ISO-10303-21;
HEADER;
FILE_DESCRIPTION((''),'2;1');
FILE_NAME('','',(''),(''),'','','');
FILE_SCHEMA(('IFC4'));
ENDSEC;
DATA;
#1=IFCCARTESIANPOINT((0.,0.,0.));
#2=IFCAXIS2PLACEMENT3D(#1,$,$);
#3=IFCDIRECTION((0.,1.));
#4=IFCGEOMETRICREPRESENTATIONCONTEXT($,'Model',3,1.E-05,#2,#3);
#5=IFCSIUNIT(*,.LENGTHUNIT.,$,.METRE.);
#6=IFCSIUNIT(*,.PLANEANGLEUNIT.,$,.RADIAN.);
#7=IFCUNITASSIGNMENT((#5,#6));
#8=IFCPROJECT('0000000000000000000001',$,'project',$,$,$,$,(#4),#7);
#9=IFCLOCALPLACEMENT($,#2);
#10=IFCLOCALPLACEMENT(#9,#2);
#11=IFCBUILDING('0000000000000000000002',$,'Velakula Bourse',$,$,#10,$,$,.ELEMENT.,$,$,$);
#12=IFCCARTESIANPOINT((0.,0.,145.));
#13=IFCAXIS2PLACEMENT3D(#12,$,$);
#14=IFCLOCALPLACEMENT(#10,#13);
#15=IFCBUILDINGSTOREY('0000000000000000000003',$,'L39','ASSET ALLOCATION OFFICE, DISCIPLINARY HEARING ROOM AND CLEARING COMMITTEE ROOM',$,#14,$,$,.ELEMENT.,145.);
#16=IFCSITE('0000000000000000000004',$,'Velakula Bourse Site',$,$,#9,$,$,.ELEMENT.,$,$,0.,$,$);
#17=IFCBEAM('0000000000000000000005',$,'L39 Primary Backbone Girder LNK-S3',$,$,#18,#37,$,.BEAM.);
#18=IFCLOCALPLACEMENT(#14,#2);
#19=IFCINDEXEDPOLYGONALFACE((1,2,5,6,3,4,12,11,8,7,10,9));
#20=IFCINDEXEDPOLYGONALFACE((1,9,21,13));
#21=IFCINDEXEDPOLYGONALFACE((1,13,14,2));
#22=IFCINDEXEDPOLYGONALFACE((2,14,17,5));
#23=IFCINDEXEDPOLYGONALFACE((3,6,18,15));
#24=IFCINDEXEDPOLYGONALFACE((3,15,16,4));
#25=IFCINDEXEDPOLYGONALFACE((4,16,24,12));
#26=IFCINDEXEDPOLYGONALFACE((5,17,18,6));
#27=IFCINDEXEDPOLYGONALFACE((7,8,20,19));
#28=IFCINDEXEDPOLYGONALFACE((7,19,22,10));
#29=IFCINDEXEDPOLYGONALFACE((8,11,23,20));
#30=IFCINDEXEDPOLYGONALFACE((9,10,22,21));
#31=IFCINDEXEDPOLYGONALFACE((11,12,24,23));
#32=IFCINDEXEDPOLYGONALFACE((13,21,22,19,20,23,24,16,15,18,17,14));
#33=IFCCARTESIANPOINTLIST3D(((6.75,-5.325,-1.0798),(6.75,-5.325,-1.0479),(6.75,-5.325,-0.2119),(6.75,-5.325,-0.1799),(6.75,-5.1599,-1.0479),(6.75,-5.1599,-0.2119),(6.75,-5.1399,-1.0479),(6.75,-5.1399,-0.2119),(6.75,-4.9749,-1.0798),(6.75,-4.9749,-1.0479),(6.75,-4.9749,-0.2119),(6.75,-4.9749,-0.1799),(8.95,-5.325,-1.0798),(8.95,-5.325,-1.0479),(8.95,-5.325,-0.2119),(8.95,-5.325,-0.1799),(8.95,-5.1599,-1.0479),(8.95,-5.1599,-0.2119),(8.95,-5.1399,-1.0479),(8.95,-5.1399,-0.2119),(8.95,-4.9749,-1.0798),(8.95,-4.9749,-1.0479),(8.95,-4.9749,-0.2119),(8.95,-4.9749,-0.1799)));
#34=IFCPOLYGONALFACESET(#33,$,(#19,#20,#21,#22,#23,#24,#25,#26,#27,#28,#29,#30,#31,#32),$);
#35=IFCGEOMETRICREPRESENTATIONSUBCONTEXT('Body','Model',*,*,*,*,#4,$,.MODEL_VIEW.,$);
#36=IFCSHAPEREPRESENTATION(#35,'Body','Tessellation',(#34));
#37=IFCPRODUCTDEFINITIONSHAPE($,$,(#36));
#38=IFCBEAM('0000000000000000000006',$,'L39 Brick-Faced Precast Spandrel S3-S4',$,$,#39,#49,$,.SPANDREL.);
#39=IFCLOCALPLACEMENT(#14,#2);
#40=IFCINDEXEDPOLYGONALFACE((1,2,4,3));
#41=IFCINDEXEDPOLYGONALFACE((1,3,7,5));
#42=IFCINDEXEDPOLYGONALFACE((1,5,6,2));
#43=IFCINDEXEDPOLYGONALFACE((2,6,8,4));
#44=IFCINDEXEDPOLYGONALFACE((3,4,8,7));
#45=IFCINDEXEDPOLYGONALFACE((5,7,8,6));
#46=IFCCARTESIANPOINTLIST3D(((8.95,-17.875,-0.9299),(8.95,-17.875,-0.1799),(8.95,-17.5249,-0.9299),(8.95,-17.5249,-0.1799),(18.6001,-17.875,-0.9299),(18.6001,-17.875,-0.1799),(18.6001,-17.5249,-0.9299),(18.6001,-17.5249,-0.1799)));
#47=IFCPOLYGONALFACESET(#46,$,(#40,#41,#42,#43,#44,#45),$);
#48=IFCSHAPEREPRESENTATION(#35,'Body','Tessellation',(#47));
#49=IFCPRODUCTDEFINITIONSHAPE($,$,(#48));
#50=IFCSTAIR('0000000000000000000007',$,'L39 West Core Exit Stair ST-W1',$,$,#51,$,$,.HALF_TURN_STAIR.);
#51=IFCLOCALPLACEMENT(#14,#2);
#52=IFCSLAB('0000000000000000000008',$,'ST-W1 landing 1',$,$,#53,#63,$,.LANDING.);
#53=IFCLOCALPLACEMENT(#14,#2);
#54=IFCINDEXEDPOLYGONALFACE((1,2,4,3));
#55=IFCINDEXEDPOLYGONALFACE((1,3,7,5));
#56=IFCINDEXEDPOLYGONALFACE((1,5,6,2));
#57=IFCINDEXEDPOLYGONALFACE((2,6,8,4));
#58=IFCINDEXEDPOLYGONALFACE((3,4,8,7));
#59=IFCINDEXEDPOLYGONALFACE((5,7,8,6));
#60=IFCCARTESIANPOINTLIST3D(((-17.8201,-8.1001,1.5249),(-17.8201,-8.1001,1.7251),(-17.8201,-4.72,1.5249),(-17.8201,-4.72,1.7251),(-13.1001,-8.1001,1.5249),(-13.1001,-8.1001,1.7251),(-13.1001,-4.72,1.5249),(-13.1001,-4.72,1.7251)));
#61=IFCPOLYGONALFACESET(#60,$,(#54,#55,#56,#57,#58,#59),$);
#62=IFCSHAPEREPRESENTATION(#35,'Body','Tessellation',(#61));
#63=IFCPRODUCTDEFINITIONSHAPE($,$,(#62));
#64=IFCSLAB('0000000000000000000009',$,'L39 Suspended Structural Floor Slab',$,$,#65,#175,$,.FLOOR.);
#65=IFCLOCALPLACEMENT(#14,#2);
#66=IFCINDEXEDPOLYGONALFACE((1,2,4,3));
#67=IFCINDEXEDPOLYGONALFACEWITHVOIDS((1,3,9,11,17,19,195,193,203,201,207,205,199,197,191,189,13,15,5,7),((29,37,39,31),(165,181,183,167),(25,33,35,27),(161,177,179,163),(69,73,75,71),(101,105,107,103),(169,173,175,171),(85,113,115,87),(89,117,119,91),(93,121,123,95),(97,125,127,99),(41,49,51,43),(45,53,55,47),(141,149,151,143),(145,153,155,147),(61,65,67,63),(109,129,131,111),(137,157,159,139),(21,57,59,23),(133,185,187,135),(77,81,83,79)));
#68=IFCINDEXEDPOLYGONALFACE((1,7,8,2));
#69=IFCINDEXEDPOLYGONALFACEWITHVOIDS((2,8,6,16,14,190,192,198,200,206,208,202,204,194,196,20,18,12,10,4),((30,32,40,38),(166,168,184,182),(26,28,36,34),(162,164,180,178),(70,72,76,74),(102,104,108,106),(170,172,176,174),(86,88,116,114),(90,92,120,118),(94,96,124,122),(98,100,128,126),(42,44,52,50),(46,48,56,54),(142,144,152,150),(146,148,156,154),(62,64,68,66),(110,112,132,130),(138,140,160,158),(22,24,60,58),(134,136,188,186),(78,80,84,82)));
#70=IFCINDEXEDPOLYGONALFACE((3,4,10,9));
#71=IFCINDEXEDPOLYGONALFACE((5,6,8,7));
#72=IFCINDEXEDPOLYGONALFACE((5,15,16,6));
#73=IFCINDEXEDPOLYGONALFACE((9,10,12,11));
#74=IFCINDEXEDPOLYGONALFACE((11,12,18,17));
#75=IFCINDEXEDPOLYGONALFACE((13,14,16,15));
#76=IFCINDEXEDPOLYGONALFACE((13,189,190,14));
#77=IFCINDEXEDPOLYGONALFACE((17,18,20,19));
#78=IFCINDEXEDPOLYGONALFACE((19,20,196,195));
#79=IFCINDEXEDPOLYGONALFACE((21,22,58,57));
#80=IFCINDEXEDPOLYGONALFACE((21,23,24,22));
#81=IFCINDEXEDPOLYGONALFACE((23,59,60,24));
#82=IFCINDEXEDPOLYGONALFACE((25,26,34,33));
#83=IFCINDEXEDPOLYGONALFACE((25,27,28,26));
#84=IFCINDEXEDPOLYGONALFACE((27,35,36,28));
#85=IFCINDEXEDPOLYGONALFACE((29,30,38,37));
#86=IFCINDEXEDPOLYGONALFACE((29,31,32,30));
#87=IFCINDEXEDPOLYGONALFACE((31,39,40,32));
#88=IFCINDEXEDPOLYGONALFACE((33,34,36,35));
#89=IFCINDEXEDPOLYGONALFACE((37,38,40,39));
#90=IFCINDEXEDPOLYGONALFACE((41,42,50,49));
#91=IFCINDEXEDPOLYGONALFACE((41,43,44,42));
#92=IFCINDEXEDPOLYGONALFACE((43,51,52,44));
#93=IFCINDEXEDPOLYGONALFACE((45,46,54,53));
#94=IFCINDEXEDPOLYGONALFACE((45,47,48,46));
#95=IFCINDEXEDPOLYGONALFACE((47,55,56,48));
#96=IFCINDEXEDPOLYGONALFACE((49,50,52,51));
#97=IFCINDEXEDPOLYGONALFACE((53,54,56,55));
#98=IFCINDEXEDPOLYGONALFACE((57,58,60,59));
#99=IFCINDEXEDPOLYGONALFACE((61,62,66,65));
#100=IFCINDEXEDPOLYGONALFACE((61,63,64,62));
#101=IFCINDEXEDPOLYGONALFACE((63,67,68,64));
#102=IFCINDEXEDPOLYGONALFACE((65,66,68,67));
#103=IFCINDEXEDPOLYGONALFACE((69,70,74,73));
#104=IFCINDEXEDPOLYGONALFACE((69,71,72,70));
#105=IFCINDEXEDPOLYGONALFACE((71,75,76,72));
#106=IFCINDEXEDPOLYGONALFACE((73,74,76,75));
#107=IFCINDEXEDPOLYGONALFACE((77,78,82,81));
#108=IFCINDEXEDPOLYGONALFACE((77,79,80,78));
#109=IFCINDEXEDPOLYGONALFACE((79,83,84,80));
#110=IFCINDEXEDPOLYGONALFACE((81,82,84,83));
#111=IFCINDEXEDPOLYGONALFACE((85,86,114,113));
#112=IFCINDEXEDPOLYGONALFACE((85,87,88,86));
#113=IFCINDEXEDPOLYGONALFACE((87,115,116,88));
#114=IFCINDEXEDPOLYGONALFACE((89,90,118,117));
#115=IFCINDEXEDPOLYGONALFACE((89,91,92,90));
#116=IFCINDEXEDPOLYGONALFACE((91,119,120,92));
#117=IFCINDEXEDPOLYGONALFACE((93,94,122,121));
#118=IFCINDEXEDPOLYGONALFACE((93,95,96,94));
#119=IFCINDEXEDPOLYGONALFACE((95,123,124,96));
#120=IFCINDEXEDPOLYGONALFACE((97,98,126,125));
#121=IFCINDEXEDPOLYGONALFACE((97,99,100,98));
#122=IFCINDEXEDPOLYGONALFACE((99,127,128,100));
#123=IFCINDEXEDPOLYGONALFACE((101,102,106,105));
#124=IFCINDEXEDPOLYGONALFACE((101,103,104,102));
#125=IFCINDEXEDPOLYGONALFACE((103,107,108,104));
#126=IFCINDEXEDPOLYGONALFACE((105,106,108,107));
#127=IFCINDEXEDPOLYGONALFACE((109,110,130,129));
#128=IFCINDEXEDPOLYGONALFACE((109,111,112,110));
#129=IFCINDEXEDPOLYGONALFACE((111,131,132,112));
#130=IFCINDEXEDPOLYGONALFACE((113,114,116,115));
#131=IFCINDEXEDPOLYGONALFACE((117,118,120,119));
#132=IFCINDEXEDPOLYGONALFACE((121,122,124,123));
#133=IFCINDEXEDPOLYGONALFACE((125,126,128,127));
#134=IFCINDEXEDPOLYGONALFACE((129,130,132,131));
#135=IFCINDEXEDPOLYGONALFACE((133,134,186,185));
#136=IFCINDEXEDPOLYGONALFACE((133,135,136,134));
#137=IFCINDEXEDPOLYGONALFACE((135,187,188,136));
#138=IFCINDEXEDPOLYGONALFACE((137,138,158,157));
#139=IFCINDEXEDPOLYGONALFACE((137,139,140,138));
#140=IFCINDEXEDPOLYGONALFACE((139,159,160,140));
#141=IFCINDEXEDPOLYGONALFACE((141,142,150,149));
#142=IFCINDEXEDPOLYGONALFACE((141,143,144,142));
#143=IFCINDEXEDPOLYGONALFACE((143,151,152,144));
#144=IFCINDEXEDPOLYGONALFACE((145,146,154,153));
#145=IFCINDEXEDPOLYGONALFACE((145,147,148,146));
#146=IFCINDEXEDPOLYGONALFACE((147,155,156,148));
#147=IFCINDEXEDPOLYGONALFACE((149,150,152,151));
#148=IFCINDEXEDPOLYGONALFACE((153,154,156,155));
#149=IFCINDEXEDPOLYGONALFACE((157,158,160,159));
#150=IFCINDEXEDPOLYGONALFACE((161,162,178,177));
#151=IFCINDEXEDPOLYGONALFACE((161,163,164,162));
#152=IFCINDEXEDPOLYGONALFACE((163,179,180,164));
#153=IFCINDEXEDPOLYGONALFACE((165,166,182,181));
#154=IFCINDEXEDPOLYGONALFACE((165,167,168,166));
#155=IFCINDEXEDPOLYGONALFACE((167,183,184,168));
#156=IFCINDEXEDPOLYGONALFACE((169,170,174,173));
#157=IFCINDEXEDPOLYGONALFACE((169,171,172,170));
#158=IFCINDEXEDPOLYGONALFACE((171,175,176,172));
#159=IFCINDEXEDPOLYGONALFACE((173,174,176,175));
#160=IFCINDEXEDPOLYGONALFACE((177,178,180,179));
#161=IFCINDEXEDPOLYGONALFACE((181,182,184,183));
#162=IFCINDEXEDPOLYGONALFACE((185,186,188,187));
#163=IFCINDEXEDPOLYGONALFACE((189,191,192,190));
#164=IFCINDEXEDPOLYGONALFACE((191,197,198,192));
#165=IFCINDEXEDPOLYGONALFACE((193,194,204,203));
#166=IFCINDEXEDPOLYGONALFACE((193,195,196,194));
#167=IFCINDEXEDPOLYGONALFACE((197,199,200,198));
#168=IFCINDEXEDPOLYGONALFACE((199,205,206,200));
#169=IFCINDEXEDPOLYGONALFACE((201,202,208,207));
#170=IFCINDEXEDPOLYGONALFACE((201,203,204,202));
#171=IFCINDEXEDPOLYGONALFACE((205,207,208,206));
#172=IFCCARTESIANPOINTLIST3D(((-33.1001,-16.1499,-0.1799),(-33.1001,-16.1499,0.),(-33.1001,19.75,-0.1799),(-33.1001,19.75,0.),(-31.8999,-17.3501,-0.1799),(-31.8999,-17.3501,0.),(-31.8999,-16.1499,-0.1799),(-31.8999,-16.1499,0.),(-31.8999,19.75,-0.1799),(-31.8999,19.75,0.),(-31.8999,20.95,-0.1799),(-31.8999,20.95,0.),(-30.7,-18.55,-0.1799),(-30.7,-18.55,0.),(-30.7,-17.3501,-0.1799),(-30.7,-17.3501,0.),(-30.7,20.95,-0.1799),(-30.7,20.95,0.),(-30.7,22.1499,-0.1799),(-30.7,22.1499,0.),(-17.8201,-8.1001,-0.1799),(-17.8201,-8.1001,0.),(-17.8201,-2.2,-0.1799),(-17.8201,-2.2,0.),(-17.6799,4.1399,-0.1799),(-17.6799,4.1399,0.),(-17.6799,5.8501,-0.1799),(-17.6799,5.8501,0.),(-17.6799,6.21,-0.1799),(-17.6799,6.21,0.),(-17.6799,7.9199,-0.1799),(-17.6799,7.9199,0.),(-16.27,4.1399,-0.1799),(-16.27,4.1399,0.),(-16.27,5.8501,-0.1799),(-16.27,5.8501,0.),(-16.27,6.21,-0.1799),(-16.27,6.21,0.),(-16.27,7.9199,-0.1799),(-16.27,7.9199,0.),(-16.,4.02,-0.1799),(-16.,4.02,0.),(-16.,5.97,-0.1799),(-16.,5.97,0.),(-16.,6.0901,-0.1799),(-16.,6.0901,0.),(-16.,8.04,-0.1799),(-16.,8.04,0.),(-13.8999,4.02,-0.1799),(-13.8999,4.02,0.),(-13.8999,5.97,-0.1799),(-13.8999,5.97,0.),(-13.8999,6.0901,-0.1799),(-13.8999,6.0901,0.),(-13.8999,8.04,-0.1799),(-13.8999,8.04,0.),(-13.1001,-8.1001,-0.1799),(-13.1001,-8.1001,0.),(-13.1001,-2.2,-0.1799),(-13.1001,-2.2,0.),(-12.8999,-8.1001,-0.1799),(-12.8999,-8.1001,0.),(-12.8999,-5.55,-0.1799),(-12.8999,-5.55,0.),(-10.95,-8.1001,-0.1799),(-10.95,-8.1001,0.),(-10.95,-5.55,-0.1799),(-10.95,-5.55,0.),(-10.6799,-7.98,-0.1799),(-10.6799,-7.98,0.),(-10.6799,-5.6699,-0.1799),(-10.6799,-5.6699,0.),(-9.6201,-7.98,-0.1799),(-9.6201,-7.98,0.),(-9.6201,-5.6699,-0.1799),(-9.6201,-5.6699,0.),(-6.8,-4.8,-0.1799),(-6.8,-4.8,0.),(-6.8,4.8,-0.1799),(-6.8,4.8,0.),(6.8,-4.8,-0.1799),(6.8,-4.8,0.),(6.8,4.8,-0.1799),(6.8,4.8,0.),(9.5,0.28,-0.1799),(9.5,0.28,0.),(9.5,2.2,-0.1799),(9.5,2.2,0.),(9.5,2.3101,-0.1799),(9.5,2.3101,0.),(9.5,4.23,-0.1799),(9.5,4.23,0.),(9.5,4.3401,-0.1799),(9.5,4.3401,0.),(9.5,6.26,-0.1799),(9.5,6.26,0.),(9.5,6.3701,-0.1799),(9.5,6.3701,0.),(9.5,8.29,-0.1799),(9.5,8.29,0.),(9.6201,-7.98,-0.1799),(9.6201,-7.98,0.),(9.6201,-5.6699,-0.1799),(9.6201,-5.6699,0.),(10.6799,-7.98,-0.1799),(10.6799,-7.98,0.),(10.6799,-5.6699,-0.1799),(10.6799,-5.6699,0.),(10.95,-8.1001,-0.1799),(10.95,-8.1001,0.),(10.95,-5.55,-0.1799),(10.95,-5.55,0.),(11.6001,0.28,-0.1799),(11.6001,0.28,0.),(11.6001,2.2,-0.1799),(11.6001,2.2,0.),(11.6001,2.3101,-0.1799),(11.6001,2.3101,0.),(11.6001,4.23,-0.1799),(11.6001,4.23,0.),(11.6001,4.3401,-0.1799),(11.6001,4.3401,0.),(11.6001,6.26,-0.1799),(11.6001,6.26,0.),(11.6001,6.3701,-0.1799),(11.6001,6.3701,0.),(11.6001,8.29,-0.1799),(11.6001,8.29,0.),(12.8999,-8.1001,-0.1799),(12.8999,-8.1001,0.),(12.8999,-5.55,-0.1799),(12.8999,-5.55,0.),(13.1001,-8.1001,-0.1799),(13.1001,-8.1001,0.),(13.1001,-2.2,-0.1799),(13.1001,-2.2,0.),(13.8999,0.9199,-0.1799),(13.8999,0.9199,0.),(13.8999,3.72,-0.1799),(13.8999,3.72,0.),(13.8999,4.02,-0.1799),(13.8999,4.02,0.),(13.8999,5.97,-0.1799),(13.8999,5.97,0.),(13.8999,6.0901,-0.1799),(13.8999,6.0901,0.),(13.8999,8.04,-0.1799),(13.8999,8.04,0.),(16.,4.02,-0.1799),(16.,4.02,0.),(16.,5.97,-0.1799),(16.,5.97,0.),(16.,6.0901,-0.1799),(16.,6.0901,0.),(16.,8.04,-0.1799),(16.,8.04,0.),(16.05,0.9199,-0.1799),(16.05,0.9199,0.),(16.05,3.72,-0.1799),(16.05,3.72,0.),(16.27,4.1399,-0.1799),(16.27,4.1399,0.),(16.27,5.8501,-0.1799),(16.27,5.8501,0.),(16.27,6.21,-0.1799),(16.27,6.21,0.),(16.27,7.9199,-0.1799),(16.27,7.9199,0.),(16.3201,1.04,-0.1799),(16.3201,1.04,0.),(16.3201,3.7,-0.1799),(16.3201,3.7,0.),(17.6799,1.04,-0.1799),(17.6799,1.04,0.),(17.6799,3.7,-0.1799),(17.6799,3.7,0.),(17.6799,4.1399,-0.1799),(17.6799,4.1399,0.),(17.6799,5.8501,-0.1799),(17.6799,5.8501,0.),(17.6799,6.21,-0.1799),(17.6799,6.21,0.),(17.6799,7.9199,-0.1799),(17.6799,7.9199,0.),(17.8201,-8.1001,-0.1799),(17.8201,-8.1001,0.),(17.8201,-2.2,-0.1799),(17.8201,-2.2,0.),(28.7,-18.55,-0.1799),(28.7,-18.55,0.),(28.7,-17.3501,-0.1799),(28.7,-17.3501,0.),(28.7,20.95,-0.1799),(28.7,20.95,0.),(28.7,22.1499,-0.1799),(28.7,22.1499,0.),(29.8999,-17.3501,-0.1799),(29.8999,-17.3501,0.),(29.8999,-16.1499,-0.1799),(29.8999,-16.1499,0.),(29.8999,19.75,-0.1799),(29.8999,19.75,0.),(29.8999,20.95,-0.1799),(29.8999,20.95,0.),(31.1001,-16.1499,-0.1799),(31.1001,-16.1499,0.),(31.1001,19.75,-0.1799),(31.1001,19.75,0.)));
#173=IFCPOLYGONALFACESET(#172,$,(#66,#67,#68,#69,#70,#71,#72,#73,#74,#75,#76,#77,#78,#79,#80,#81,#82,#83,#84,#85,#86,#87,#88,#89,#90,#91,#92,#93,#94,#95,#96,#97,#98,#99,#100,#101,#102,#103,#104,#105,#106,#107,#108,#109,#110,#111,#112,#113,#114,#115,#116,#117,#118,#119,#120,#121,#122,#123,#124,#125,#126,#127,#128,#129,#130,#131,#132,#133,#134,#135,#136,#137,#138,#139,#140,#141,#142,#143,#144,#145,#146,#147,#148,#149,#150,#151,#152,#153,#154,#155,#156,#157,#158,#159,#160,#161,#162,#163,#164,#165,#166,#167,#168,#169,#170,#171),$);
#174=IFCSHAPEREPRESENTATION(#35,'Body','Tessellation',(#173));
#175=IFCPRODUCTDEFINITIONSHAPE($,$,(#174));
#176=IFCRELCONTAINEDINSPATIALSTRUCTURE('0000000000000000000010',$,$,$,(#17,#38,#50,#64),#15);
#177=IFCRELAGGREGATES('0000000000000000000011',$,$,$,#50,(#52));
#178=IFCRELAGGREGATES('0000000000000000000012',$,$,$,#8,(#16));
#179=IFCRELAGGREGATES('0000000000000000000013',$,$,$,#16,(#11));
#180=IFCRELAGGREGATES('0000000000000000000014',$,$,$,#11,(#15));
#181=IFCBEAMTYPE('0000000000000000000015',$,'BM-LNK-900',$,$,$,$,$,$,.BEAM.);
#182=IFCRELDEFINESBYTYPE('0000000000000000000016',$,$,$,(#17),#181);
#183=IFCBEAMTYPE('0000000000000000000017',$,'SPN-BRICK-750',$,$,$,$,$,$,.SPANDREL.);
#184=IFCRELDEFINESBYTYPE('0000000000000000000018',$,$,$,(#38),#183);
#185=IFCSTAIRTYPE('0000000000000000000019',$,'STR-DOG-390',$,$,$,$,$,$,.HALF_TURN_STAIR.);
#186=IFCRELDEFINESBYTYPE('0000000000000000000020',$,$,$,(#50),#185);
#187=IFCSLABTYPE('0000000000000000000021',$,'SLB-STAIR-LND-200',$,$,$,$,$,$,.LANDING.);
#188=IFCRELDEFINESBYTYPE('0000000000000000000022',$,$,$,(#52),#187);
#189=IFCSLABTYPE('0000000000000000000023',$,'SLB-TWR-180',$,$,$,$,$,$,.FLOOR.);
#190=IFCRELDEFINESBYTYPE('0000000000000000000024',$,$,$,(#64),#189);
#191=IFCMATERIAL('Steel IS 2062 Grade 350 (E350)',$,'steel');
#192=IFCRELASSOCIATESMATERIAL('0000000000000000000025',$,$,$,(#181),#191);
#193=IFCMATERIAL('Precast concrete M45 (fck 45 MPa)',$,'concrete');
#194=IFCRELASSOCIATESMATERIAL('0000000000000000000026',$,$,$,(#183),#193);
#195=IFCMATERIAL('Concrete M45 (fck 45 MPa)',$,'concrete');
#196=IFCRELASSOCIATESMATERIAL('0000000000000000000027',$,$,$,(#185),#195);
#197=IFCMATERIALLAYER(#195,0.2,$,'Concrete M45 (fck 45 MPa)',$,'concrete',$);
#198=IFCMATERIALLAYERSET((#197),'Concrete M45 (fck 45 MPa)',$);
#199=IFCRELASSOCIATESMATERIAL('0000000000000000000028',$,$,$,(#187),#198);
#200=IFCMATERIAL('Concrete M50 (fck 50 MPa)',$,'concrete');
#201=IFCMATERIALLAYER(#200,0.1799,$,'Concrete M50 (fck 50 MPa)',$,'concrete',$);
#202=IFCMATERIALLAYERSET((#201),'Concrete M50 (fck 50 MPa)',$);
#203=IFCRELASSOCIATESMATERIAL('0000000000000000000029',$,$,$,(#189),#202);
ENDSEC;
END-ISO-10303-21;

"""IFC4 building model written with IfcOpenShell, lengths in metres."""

from ifc_helpers import new_model, si_unit, direction, frame, origin, origin_2d, place, context, subcontext, project, spatial, polyline, rectangle, i_section, outline, extrude, material, layer, layer_set, material_profile, profile_set, type_object, element, aggregate, save


model = new_model("IFC4")

# Units and contexts
model_context = context("Model", 3, precision=1e-05, world=origin(), true_north=direction((0.0, 1.0)))
body_context = subcontext(model_context, "Body", "Model", "MODEL_VIEW")
ifc_project = project(units=[si_unit("LENGTHUNIT", "METRE"), si_unit("PLANEANGLEUNIT", "RADIAN")], contexts=[model_context])

# Site, building, storey
site_placement = place(None, origin())
site = spatial("IfcSite", under=ifc_project, at=site_placement, Name="Velakula Bourse Site", CompositionType="ELEMENT", RefElevation=0.0)
building_placement = place(site_placement, origin())
building = spatial("IfcBuilding", under=site, at=building_placement, Name="Velakula Bourse", CompositionType="ELEMENT")
storey_placement = place(building_placement, frame((0.0, 0.0, 145.0)))
storey = spatial("IfcBuildingStorey", under=building, at=storey_placement, Name="L39", Description="ASSET ALLOCATION OFFICE, DISCIPLINARY HEARING ROOM AND CLEARING COMMITTEE ROOM", CompositionType="ELEMENT", Elevation=145.0)

# Shared definitions
ifc_material_1 = material(Name="Steel IS 2062 Grade 350 (E350)", Category="steel")

# Beams
ifc_material_profile_1 = material_profile(ifc_material_1, i_section(OverallWidth=0.3501, OverallDepth=0.8999, WebThickness=0.02, FlangeThickness=0.032, at=origin_2d()), Name="Steel IS 2062 Grade 350 (E350)")
ifc_profile_set_1 = profile_set([ifc_material_profile_1], Name="Steel IS 2062 Grade 350 (E350)")
beam_type_1 = type_object("IfcBeamType", Name="BM-LNK-900", PredefinedType="BEAM", material=ifc_profile_set_1)
beam_1_placement = place(storey_placement, frame((6.75, -5.1499, -0.6299), z_axis=(1.0, 0.0, 0.0), x_axis=(0.0, 1.0, 0.0)))
element("IfcBeam", 1, at=beam_1_placement, inside=storey, type_object=beam_type_1, Name="L39 Primary Backbone Girder LNK-S3", PredefinedType="BEAM", context=body_context, shape_type="SweptSolid", body=[
    extrude(i_section(OverallWidth=0.3501, OverallDepth=0.8999, WebThickness=0.02, FlangeThickness=0.032, at=origin_2d()), origin(), (0.0, 0.0, 1.0), 2.2),
])
ifc_material_2 = material(Name="Precast concrete M45 (fck 45 MPa)", Category="concrete")
ifc_material_profile_2 = material_profile(ifc_material_2, rectangle(XDim=0.3501, YDim=0.75, at=origin_2d()), Name="Precast concrete M45 (fck 45 MPa)")
ifc_profile_set_2 = profile_set([ifc_material_profile_2], Name="Precast concrete M45 (fck 45 MPa)")
beam_type_2 = type_object("IfcBeamType", Name="SPN-BRICK-750", PredefinedType="SPANDREL", material=ifc_profile_set_2)
beam_2_placement = place(storey_placement, frame((8.95, -17.7, -0.5549), z_axis=(1.0, 0.0, 0.0), x_axis=(0.0, 1.0, 0.0)))
element("IfcBeam", 2, at=beam_2_placement, inside=storey, type_object=beam_type_2, Name="L39 Brick-Faced Precast Spandrel S3-S4", PredefinedType="SPANDREL", context=body_context, shape_type="SweptSolid", body=[
    extrude(rectangle(XDim=0.3501, YDim=0.75, at=origin_2d()), origin(), (0.0, 0.0, 1.0), 9.6501),
])

# Stair, slab
ifc_material_3 = material(Name="Concrete M45 (fck 45 MPa)", Category="concrete")
stair_type = type_object("IfcStairType", Name="STR-DOG-390", PredefinedType="HALF_TURN_STAIR", material=ifc_material_3)
stair_placement = place(storey_placement, origin())
stair = element("IfcStair", 3, at=stair_placement, inside=storey, type_object=stair_type, Name="L39 West Core Exit Stair ST-W1", PredefinedType="HALF_TURN_STAIR")
ifc_layer_1 = layer(ifc_material_3, 0.2, Name="Concrete M45 (fck 45 MPa)", Category="concrete")
ifc_layer_set_1 = layer_set([ifc_layer_1], Name="Concrete M45 (fck 45 MPa)")
slab_type_1 = type_object("IfcSlabType", Name="SLB-STAIR-LND-200", PredefinedType="LANDING", material=ifc_layer_set_1)
slab_1_placement = place(storey_placement, frame((0.0, 0.0, 1.5249)))
slab_1 = element("IfcSlab", 4, at=slab_1_placement, type_object=slab_type_1, Name="ST-W1 landing 1", PredefinedType="LANDING", context=body_context, shape_type="SweptSolid", body=[
    extrude(outline(polyline([(-17.8201, -4.72), (-17.8201, -8.1001), (-13.1001, -8.1001), (-13.1001, -4.72), (-17.8201, -4.72)])), origin(), (0.0, 0.0, 1.0), 0.2002),
])
aggregate(stair, [slab_1])

# Slab
ifc_material_4 = material(Name="Concrete M50 (fck 50 MPa)", Category="concrete")
ifc_layer_2 = layer(ifc_material_4, 0.1799, Name="Concrete M50 (fck 50 MPa)", Category="concrete")
ifc_layer_set_2 = layer_set([ifc_layer_2], Name="Concrete M50 (fck 50 MPa)")
slab_type_2 = type_object("IfcSlabType", Name="SLB-TWR-180", PredefinedType="FLOOR", material=ifc_layer_set_2)
slab_2_placement = place(storey_placement, frame((0.0, 0.0, -0.1799)))
element("IfcSlab", 5, at=slab_2_placement, inside=storey, type_object=slab_type_2, Name="L39 Suspended Structural Floor Slab", PredefinedType="FLOOR", context=body_context, shape_type="SweptSolid", body=[
    extrude(outline(polyline([(-30.7, -18.55), (28.7, -18.55), (28.7, -17.3501), (29.8999, -17.3501), (29.8999, -16.1499), (31.1001, -16.1499), (31.1001, 19.75), (29.8999, 19.75), (29.8999, 20.95), (28.7, 20.95), (28.7, 22.1499), (-30.7, 22.1499), (-30.7, 20.95), (-31.8999, 20.95), (-31.8999, 19.75), (-33.1001, 19.75), (-33.1001, -16.1499), (-31.8999, -16.1499), (-31.8999, -17.3501), (-30.7, -17.3501), (-30.7, -18.55)]), holes=[polyline([(-17.8201, -8.1001), (-13.1001, -8.1001), (-13.1001, -2.2), (-17.8201, -2.2), (-17.8201, -8.1001)]), polyline([(13.1001, -8.1001), (17.8201, -8.1001), (17.8201, -2.2), (13.1001, -2.2), (13.1001, -8.1001)]), polyline([(-12.8999, -8.1001), (-10.95, -8.1001), (-10.95, -5.55), (-12.8999, -5.55), (-12.8999, -8.1001)]), polyline([(10.95, -8.1001), (12.8999, -8.1001), (12.8999, -5.55), (10.95, -5.55), (10.95, -8.1001)]), polyline([(13.8999, 0.9199), (16.05, 0.9199), (16.05, 3.72), (13.8999, 3.72), (13.8999, 0.9199)]), polyline([(-10.6799, -7.98), (-9.6201, -7.98), (-9.6201, -5.6699), (-10.6799, -5.6699), (-10.6799, -7.98)]), polyline([(-17.6799, 4.1399), (-16.27, 4.1399), (-16.27, 5.8501), (-17.6799, 5.8501), (-17.6799, 4.1399)]), polyline([(-17.6799, 6.21), (-16.27, 6.21), (-16.27, 7.9199), (-17.6799, 7.9199), (-17.6799, 6.21)]), polyline([(9.6201, -7.98), (10.6799, -7.98), (10.6799, -5.6699), (9.6201, -5.6699), (9.6201, -7.98)]), polyline([(16.27, 4.1399), (17.6799, 4.1399), (17.6799, 5.8501), (16.27, 5.8501), (16.27, 4.1399)]), polyline([(16.27, 6.21), (17.6799, 6.21), (17.6799, 7.9199), (16.27, 7.9199), (16.27, 6.21)]), polyline([(16.3201, 1.04), (17.6799, 1.04), (17.6799, 3.7), (16.3201, 3.7), (16.3201, 1.04)]), polyline([(9.5, 0.28), (11.6001, 0.28), (11.6001, 2.2), (9.5, 2.2), (9.5, 0.28)]), polyline([(9.5, 2.3101), (11.6001, 2.3101), (11.6001, 4.23), (9.5, 4.23), (9.5, 2.3101)]), polyline([(9.5, 4.3401), (11.6001, 4.3401), (11.6001, 6.26), (9.5, 6.26), (9.5, 4.3401)]), polyline([(9.5, 6.3701), (11.6001, 6.3701), (11.6001, 8.29), (9.5, 8.29), (9.5, 6.3701)]), polyline([(-16.0, 4.02), (-13.8999, 4.02), (-13.8999, 5.97), (-16.0, 5.97), (-16.0, 4.02)]), polyline([(-16.0, 6.0901), (-13.8999, 6.0901), (-13.8999, 8.04), (-16.0, 8.04), (-16.0, 6.0901)]), polyline([(13.8999, 4.02), (16.0, 4.02), (16.0, 5.97), (13.8999, 5.97), (13.8999, 4.02)]), polyline([(13.8999, 6.0901), (16.0, 6.0901), (16.0, 8.04), (13.8999, 8.04), (13.8999, 6.0901)]), polyline([(-6.8, -4.8), (6.8, -4.8), (6.8, 4.8), (-6.8, 4.8), (-6.8, -4.8)])]), origin(), (0.0, 0.0, 1.0), 0.1799),
])

save(model, "model.ifc")
